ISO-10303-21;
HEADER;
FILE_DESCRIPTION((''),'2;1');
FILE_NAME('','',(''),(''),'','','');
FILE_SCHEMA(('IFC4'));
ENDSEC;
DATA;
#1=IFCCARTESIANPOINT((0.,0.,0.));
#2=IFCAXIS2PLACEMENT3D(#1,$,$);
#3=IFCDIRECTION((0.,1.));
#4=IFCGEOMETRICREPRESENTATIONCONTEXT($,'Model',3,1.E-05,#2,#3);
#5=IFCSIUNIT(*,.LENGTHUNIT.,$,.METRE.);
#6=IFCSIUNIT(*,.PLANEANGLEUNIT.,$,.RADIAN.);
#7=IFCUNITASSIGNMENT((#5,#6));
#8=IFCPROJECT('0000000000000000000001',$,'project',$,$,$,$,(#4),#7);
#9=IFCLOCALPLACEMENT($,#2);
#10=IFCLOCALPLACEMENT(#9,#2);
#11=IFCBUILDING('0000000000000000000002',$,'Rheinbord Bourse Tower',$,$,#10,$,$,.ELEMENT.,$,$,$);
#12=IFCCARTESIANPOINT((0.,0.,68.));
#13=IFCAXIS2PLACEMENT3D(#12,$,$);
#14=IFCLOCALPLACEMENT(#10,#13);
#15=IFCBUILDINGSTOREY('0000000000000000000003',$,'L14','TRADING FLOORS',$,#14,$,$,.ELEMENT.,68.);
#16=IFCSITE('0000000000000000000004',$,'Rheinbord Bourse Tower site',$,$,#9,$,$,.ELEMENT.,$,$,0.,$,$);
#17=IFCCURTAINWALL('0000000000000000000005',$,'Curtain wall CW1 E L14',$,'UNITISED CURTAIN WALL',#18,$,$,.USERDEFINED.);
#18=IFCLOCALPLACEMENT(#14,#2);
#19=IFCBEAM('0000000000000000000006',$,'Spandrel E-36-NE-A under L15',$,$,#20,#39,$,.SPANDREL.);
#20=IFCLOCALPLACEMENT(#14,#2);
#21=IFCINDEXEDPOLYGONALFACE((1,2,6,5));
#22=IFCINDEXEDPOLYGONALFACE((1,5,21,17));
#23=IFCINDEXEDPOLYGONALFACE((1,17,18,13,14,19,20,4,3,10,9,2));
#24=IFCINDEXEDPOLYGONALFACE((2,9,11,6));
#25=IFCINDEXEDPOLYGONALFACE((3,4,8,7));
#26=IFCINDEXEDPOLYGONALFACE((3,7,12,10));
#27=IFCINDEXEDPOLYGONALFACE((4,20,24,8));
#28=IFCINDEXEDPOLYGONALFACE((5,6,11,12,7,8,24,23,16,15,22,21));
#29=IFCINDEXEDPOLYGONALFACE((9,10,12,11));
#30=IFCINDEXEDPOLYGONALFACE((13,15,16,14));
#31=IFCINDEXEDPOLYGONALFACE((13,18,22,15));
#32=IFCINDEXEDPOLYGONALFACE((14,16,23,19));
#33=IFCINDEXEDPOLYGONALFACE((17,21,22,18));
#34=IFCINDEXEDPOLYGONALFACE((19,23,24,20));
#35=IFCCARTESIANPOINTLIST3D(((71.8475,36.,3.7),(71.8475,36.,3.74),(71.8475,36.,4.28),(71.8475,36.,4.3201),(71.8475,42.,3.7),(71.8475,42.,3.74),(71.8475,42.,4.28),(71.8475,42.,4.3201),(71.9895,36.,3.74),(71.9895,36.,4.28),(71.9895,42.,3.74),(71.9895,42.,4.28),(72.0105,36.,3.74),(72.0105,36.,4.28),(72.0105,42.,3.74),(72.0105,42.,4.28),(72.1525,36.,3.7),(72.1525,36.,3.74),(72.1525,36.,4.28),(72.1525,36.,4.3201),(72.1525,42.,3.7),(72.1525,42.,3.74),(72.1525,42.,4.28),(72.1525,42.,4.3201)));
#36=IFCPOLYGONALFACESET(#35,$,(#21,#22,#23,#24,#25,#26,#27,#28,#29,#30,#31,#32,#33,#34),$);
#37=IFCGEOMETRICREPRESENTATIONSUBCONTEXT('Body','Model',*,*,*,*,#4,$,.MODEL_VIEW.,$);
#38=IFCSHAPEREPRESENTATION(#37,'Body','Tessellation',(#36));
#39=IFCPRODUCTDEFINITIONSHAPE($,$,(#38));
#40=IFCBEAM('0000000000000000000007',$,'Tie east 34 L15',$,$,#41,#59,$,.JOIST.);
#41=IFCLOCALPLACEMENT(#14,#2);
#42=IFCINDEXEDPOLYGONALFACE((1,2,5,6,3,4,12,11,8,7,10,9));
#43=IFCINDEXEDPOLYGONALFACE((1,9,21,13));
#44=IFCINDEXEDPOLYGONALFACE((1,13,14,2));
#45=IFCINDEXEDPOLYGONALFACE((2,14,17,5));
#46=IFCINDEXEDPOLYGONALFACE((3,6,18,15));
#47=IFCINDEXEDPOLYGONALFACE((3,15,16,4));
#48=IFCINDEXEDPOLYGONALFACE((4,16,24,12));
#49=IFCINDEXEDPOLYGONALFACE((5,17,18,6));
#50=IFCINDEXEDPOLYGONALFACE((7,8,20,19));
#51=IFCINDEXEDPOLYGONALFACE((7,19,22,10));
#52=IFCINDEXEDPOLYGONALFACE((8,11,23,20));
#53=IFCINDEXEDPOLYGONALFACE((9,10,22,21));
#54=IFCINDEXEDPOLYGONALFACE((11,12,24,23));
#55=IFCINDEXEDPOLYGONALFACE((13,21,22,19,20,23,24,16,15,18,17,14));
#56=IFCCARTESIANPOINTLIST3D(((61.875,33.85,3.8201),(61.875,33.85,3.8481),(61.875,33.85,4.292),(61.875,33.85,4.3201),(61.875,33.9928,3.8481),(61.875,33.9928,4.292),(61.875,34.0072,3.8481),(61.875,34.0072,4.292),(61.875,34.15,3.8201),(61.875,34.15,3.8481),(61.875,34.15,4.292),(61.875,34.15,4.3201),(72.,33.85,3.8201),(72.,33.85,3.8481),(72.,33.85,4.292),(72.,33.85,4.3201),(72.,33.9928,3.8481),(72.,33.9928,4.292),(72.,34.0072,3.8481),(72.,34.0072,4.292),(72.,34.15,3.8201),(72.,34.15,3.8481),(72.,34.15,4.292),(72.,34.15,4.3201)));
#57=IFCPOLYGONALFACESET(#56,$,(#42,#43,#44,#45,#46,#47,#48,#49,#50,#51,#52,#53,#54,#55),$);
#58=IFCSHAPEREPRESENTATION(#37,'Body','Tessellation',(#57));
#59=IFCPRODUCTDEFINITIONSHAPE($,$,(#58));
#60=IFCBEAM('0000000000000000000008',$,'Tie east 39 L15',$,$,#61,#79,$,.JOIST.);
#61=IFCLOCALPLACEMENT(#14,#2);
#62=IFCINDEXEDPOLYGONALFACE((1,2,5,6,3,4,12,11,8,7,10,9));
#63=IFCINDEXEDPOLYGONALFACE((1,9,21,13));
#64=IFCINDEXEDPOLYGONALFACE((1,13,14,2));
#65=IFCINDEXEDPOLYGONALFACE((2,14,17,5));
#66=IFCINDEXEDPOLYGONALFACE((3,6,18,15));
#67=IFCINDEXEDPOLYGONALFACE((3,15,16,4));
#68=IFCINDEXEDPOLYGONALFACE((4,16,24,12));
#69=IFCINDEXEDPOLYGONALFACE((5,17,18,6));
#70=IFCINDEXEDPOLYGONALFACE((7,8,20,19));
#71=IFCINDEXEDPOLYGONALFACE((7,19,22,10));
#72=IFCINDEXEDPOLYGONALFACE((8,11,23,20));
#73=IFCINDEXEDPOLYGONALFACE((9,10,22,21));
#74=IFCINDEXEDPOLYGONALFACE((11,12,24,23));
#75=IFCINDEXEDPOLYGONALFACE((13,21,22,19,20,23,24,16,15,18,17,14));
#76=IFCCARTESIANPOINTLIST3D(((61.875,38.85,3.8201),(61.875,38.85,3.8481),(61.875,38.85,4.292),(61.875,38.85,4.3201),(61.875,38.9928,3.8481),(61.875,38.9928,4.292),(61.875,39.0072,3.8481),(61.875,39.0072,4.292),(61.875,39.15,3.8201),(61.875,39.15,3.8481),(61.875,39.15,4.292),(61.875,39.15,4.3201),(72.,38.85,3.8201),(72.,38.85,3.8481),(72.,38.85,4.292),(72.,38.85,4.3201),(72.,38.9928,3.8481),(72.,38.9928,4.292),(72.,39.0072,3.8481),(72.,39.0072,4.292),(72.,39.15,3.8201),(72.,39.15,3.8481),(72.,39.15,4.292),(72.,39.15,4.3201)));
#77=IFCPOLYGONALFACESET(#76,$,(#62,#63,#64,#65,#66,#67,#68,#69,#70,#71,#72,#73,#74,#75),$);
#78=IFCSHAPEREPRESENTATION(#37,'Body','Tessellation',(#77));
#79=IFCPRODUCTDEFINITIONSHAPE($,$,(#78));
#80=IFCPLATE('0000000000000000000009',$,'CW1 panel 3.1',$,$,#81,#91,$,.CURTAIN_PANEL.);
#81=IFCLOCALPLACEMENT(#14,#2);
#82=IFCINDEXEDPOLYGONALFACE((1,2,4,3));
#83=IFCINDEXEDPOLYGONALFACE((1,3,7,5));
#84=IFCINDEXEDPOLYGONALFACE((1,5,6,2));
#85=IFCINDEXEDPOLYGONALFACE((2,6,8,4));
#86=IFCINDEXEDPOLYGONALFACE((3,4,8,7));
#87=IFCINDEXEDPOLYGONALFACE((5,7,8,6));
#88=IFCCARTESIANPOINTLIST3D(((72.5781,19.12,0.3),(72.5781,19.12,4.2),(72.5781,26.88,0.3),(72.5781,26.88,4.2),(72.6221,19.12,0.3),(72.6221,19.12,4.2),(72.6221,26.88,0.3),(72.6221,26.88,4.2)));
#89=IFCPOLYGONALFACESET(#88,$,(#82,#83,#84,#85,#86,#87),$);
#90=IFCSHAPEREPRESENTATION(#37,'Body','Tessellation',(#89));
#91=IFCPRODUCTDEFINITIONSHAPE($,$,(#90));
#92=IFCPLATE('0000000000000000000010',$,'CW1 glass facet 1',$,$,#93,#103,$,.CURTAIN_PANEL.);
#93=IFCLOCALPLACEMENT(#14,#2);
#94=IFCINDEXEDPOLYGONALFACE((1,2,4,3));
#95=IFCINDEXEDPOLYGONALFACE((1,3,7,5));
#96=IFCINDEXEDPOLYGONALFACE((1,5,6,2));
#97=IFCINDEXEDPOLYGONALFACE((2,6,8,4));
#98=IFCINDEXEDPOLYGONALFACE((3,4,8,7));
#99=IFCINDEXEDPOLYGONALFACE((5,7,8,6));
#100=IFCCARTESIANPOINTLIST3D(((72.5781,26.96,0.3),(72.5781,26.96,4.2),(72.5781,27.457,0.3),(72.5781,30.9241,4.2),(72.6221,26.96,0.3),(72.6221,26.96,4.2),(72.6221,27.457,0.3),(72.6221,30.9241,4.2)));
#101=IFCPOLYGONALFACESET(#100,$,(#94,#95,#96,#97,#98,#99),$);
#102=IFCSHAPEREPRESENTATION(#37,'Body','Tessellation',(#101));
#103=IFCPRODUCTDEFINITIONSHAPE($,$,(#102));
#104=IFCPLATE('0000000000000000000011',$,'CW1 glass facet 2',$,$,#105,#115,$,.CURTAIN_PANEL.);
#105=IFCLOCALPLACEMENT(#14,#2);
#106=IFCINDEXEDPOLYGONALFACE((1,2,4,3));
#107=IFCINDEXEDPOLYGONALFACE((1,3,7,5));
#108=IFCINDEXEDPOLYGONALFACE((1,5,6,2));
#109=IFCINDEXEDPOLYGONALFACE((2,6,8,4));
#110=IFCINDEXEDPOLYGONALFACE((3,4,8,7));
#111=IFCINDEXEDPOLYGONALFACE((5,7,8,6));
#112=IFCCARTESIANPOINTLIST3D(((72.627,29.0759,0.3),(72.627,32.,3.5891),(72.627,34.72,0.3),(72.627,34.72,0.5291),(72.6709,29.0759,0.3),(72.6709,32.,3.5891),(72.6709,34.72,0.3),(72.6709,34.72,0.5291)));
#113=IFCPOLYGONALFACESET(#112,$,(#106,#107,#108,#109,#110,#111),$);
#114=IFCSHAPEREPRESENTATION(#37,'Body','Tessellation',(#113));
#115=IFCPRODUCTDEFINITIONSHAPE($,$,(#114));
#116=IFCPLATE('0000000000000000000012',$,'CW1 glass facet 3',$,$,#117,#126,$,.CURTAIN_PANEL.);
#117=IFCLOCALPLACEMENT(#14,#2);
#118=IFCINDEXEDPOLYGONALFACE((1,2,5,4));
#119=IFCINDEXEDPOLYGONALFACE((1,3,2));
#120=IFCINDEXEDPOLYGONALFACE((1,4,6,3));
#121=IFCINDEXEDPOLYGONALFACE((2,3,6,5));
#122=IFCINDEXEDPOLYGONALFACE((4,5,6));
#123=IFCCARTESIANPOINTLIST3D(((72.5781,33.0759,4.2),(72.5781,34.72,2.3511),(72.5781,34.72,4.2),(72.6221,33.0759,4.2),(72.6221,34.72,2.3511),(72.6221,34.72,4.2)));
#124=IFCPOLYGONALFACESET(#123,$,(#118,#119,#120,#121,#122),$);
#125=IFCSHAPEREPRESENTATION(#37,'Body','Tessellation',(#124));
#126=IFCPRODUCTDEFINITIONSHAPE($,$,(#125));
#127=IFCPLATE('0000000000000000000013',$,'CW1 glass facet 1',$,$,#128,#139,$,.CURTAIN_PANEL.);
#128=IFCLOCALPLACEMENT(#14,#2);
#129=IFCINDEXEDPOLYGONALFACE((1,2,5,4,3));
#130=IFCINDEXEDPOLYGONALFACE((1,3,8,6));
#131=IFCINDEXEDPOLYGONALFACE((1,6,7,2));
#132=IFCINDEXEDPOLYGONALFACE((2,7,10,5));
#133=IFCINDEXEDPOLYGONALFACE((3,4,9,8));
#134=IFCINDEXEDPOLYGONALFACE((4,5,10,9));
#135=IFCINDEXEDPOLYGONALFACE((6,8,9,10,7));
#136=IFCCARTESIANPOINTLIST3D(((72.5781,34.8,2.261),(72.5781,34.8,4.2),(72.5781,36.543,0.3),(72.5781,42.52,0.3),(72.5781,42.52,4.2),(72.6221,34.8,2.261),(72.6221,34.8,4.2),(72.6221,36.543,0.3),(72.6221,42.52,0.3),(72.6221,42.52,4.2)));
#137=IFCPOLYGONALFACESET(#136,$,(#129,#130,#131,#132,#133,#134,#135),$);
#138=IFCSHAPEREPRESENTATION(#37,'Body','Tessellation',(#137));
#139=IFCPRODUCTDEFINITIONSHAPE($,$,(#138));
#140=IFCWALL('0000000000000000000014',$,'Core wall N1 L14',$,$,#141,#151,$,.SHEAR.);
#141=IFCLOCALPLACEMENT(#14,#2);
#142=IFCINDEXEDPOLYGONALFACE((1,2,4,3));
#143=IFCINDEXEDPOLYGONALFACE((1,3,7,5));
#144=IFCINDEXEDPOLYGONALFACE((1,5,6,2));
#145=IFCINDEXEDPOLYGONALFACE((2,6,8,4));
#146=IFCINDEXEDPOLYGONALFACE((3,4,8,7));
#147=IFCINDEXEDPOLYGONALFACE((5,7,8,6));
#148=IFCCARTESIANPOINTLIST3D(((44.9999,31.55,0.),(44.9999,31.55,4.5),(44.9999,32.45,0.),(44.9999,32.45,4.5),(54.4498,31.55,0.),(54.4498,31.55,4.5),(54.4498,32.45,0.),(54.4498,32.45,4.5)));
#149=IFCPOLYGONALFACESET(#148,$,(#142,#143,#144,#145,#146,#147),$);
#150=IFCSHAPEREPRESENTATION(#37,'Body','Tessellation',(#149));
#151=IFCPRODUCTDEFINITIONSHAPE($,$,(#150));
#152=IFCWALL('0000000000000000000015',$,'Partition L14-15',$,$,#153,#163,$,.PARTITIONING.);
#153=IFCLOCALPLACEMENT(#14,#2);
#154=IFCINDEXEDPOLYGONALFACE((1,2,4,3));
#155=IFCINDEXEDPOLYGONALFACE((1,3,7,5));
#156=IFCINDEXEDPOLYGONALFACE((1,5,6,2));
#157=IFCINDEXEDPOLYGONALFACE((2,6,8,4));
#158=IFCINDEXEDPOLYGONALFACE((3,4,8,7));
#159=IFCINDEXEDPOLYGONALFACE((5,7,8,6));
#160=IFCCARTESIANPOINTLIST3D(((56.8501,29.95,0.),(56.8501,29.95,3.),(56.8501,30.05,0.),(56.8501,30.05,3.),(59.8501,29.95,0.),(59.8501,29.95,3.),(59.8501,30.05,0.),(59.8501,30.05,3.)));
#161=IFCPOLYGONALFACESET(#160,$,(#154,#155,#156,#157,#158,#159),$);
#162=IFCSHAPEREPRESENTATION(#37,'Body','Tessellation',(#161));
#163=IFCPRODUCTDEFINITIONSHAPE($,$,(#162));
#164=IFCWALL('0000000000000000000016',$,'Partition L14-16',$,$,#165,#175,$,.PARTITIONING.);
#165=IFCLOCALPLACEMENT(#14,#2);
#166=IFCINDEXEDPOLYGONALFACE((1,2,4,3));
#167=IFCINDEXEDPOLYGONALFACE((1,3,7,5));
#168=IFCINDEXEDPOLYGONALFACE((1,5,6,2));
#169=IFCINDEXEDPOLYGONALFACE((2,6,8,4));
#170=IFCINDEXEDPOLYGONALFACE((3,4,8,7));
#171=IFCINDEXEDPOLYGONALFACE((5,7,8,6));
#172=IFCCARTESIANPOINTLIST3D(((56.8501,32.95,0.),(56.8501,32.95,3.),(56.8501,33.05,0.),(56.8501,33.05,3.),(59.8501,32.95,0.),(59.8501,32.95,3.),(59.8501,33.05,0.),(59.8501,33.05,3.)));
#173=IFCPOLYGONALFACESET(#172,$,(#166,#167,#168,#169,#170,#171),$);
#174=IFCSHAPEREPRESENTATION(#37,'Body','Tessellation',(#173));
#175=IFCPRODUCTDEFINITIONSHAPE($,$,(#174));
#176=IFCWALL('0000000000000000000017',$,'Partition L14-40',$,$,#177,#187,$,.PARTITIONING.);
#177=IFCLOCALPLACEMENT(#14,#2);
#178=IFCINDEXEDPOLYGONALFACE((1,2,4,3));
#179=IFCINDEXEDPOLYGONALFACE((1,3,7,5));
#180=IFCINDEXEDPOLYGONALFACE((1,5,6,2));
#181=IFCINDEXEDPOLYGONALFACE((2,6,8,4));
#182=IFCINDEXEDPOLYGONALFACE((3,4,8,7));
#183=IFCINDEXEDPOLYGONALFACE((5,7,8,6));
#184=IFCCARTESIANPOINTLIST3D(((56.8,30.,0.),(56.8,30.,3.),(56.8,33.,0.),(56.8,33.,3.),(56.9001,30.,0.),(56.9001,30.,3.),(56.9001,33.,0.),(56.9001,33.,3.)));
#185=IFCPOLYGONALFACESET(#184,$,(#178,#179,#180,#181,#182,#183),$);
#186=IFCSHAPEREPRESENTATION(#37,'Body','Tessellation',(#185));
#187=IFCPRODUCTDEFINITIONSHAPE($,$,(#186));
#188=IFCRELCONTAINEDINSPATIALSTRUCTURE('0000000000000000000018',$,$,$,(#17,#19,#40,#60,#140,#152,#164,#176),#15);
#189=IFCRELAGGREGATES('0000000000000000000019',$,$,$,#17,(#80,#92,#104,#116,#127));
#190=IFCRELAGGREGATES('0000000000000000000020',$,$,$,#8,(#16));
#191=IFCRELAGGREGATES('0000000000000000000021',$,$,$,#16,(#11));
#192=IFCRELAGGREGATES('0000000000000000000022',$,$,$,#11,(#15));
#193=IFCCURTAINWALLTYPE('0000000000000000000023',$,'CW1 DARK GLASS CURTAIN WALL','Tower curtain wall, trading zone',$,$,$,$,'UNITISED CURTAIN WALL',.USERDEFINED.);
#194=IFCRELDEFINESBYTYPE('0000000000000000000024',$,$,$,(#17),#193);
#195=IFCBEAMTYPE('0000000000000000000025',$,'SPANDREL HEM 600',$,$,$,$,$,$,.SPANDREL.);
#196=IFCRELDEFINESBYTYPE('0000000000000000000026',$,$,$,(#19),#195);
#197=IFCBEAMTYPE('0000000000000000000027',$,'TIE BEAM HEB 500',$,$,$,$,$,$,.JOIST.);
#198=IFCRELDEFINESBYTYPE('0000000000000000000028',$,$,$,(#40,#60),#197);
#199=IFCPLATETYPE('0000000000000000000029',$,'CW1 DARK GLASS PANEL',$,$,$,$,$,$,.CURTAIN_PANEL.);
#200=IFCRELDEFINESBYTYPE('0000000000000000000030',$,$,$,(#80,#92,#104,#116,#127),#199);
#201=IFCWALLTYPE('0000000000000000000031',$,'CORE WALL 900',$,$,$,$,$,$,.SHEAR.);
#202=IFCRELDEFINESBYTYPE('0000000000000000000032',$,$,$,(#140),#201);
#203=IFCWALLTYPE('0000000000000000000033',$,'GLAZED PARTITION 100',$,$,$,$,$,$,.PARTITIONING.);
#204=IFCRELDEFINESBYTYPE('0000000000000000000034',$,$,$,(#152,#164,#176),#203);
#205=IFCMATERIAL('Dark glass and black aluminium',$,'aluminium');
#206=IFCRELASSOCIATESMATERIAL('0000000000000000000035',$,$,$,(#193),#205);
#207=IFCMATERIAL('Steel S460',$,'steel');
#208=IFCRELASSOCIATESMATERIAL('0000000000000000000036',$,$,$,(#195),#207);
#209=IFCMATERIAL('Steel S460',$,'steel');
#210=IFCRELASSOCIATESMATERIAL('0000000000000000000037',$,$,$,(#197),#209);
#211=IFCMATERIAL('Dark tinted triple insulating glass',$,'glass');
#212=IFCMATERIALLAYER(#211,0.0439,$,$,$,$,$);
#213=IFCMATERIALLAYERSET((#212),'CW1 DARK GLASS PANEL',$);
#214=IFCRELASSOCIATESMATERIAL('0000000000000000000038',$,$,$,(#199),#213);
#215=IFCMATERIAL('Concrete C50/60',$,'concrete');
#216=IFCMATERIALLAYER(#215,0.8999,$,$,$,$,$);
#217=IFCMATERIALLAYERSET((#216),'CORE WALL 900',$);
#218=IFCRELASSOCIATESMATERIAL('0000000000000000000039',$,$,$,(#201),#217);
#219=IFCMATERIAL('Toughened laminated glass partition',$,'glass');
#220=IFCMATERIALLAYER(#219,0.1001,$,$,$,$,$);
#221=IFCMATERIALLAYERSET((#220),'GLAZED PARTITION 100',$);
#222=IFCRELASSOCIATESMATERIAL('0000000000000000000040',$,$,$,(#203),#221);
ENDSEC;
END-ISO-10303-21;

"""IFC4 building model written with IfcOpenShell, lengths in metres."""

from ifc_helpers import new_model, si_unit, direction, frame, frame_2d, origin, origin_2d, place, context, subcontext, project, spatial, polyline, rectangle, i_section, outline, extrude, material, layer, layer_set, material_profile, profile_set, type_object, element, aggregate, save


model = new_model("IFC4")

# Units and contexts
model_context = context("Model", 3, precision=1e-05, world=origin(), true_north=direction((0.0, 1.0)))
body_context = subcontext(model_context, "Body", "Model", "MODEL_VIEW")
ifc_project = project(units=[si_unit("LENGTHUNIT", "METRE"), si_unit("PLANEANGLEUNIT", "RADIAN")], contexts=[model_context])

# Site, building, storey
site_placement = place(None, origin())
site = spatial("IfcSite", under=ifc_project, at=site_placement, Name="Rheinbord Bourse Tower site", CompositionType="ELEMENT", RefElevation=0.0)
building_placement = place(site_placement, origin())
building = spatial("IfcBuilding", under=site, at=building_placement, Name="Rheinbord Bourse Tower", CompositionType="ELEMENT")
storey_placement = place(building_placement, frame((0.0, 0.0, 68.0)))
storey = spatial("IfcBuildingStorey", under=building, at=storey_placement, Name="L14", Description="TRADING FLOORS", CompositionType="ELEMENT", Elevation=68.0)

# Curtain wall
ifc_material_1 = material(Name="Dark glass and black aluminium", Category="aluminium")
curtain_wall_type = type_object("IfcCurtainWallType", Name="CW1 DARK GLASS CURTAIN WALL", Description="Tower curtain wall, trading zone", ElementType="UNITISED CURTAIN WALL", PredefinedType="USERDEFINED", material=ifc_material_1)
curtain_wall_placement = place(storey_placement, origin())
curtain_wall = element("IfcCurtainWall", 1, at=curtain_wall_placement, inside=storey, type_object=curtain_wall_type, Name="Curtain wall CW1 E L14", ObjectType="UNITISED CURTAIN WALL", PredefinedType="USERDEFINED")

# Beams
ifc_material_2 = material(Name="Steel S460", Category="steel")
ifc_material_profile_1 = material_profile(ifc_material_2, i_section(OverallWidth=0.3049, OverallDepth=0.6201, WebThickness=0.021, FlangeThickness=0.04, at=origin_2d()), Name="HEM 600")
ifc_profile_set_1 = profile_set([ifc_material_profile_1], Name="Steel S460")
beam_type_1 = type_object("IfcBeamType", Name="SPANDREL HEM 600", PredefinedType="SPANDREL", material=ifc_profile_set_1)
beam_placement = place(storey_placement, frame((72.0, 36.0, 4.01), z_axis=(0.0, 1.0, 0.0), x_axis=(-1.0, 0.0, 0.0)))
element("IfcBeam", 2, at=beam_placement, inside=storey, type_object=beam_type_1, Name="Spandrel E-36-NE-A under L15", PredefinedType="SPANDREL", context=body_context, shape_type="SweptSolid", body=[
    extrude(i_section(OverallWidth=0.3049, OverallDepth=0.6201, WebThickness=0.021, FlangeThickness=0.04, at=origin_2d()), origin(), (0.0, 0.0, 1.0), 6.0),
])
ifc_material_3 = material(Name="Steel S460", Category="steel")
ifc_material_profile_2 = material_profile(ifc_material_3, i_section(OverallWidth=0.3, OverallDepth=0.5, WebThickness=0.0144, FlangeThickness=0.0281, at=origin_2d()), Name="HEB 500")
ifc_profile_set_2 = profile_set([ifc_material_profile_2], Name="Steel S460")
beam_type_2 = type_object("IfcBeamType", Name="TIE BEAM HEB 500", PredefinedType="JOIST", material=ifc_profile_set_2)
for number, where, z_axis, x_axis, name in (
    (3, (61.875, 34.0, 4.0701), (1.0, 0.0, 0.0), (0.0, 1.0, 0.0), "Tie east 34 L15"),
    (4, (61.875, 39.0, 4.0701), (1.0, 0.0, 0.0), (0.0, 1.0, 0.0), "Tie east 39 L15"),
):
    element("IfcBeam", number, at=place(storey_placement, frame(where, z_axis=z_axis, x_axis=x_axis)), inside=storey, type_object=beam_type_2, Name=name, PredefinedType="JOIST", context=body_context, shape_type="SweptSolid", body=[
        extrude(i_section(OverallWidth=0.3, OverallDepth=0.5, WebThickness=0.0144, FlangeThickness=0.0281, at=origin_2d()), origin(), (0.0, 0.0, 1.0), 10.125),
    ])

# Plates
ifc_material_4 = material(Name="Dark tinted triple insulating glass", Category="glass")
ifc_layer_1 = layer(ifc_material_4, 0.0439)
ifc_layer_set_1 = layer_set([ifc_layer_1], Name="CW1 DARK GLASS PANEL")
plate_type = type_object("IfcPlateType", Name="CW1 DARK GLASS PANEL", PredefinedType="CURTAIN_PANEL", material=ifc_layer_set_1)
plate_1_placement = place(storey_placement, frame((72.6001, 23.0, 0.3), z_axis=(0.0, 0.0, 1.0), x_axis=(0.0, 1.0, 0.0)))
plate_1 = element("IfcPlate", 5, at=plate_1_placement, type_object=plate_type, Name="CW1 panel 3.1", PredefinedType="CURTAIN_PANEL", context=body_context, shape_type="SweptSolid", body=[
    extrude(rectangle(XDim=7.76, YDim=0.0439, at=origin_2d()), origin(), (0.0, 0.0, 1.0), 3.8999),
])
plate_2_placement = place(storey_placement, frame((72.6221, 26.96, 0.3), z_axis=(-1.0, 0.0, 0.0), x_axis=(0.0, 0.0, 1.0)))
plate_2 = element("IfcPlate", 6, at=plate_2_placement, type_object=plate_type, Name="CW1 glass facet 1", PredefinedType="CURTAIN_PANEL", context=body_context, shape_type="SweptSolid", body=[
    extrude(outline(polyline([(0.0, 0.0), (3.8999, 0.0), (3.8999, 3.9641), (0.0, 0.4971), (0.0, 0.0)])), origin(), (0.0, 0.0, 1.0), 0.0439),
])
plate_3_placement = place(storey_placement, frame((72.6709, 34.72, 0.3), z_axis=(-1.0, 0.0, 0.0), x_axis=(0.0, -1.0, 0.0)))
plate_3 = element("IfcPlate", 7, at=plate_3_placement, type_object=plate_type, Name="CW1 glass facet 2", PredefinedType="CURTAIN_PANEL", context=body_context, shape_type="SweptSolid", body=[
    extrude(outline(polyline([(0.0, 0.0), (5.644, 0.0), (2.72, 3.2891), (0.0, 0.229), (0.0, 0.0)])), origin(), (0.0, 0.0, 1.0), 0.0439),
])
plate_4_placement = place(storey_placement, frame((72.6221, 34.72, 4.2), z_axis=(-1.0, 0.0, 0.0), x_axis=(0.0, 0.0, -1.0)))
plate_4 = element("IfcPlate", 8, at=plate_4_placement, type_object=plate_type, Name="CW1 glass facet 3", PredefinedType="CURTAIN_PANEL", context=body_context, shape_type="SweptSolid", body=[
    extrude(outline(polyline([(0.0, 0.0), (1.8489, 0.0), (0.0, 1.644), (0.0, 0.0)])), origin(), (0.0, 0.0, 1.0), 0.0439),
])
plate_5_placement = place(storey_placement, frame((72.6221, 34.8, 4.2), z_axis=(-1.0, 0.0, 0.0), x_axis=(0.0, 1.0, 0.0)))
plate_5 = element("IfcPlate", 9, at=plate_5_placement, type_object=plate_type, Name="CW1 glass facet 1", PredefinedType="CURTAIN_PANEL", context=body_context, shape_type="SweptSolid", body=[
    extrude(outline(polyline([(0.0, 0.0), (7.72, 0.0), (7.72, 3.8999), (1.7429, 3.8999), (0.0, 1.939), (0.0, 0.0)])), origin(), (0.0, 0.0, 1.0), 0.0439),
])
aggregate(curtain_wall, [plate_1, plate_2, plate_3, plate_4, plate_5])

# Walls
ifc_material_5 = material(Name="Concrete C50/60", Category="concrete")
ifc_layer_2 = layer(ifc_material_5, 0.8999)
ifc_layer_set_2 = layer_set([ifc_layer_2], Name="CORE WALL 900")
wall_type_1 = type_object("IfcWallType", Name="CORE WALL 900", PredefinedType="SHEAR", material=ifc_layer_set_2)
wall_1_placement = place(storey_placement, frame((54.45, 32.0, 0.0), z_axis=(0.0, 0.0, 1.0), x_axis=(-1.0, 0.0, 0.0)))
element("IfcWall", 10, at=wall_1_placement, inside=storey, type_object=wall_type_1, Name="Core wall N1 L14", PredefinedType="SHEAR", context=body_context, shape_type="SweptSolid", body=[
    extrude(rectangle(XDim=9.45, YDim=0.8999, at=frame_2d((4.7251, 0.0))), origin(), (0.0, 0.0, 1.0), 4.5),
])
ifc_material_6 = material(Name="Toughened laminated glass partition", Category="glass")
ifc_layer_3 = layer(ifc_material_6, 0.1001)
ifc_layer_set_3 = layer_set([ifc_layer_3], Name="GLAZED PARTITION 100")
wall_type_2 = type_object("IfcWallType", Name="GLAZED PARTITION 100", PredefinedType="PARTITIONING", material=ifc_layer_set_3)
for number, where, z_axis, x_axis, name in (
    (11, (56.8501, 30.0, 0.0), (0.0, 0.0, 1.0), (1.0, 0.0, 0.0), "Partition L14-15"),
    (12, (56.8501, 33.0, 0.0), (0.0, 0.0, 1.0), (1.0, 0.0, 0.0), "Partition L14-16"),
    (13, (56.8501, 30.0, 0.0), (0.0, 0.0, 1.0), (0.0, 1.0, 0.0), "Partition L14-40"),
):
    element("IfcWall", number, at=place(storey_placement, frame(where, z_axis=z_axis, x_axis=x_axis)), inside=storey, type_object=wall_type_2, Name=name, PredefinedType="PARTITIONING", context=body_context, shape_type="SweptSolid", body=[
        extrude(rectangle(XDim=3.0, YDim=0.1001, at=frame_2d((1.5, 0.0))), origin(), (0.0, 0.0, 1.0), 3.0),
    ])

save(model, "model.ifc")
